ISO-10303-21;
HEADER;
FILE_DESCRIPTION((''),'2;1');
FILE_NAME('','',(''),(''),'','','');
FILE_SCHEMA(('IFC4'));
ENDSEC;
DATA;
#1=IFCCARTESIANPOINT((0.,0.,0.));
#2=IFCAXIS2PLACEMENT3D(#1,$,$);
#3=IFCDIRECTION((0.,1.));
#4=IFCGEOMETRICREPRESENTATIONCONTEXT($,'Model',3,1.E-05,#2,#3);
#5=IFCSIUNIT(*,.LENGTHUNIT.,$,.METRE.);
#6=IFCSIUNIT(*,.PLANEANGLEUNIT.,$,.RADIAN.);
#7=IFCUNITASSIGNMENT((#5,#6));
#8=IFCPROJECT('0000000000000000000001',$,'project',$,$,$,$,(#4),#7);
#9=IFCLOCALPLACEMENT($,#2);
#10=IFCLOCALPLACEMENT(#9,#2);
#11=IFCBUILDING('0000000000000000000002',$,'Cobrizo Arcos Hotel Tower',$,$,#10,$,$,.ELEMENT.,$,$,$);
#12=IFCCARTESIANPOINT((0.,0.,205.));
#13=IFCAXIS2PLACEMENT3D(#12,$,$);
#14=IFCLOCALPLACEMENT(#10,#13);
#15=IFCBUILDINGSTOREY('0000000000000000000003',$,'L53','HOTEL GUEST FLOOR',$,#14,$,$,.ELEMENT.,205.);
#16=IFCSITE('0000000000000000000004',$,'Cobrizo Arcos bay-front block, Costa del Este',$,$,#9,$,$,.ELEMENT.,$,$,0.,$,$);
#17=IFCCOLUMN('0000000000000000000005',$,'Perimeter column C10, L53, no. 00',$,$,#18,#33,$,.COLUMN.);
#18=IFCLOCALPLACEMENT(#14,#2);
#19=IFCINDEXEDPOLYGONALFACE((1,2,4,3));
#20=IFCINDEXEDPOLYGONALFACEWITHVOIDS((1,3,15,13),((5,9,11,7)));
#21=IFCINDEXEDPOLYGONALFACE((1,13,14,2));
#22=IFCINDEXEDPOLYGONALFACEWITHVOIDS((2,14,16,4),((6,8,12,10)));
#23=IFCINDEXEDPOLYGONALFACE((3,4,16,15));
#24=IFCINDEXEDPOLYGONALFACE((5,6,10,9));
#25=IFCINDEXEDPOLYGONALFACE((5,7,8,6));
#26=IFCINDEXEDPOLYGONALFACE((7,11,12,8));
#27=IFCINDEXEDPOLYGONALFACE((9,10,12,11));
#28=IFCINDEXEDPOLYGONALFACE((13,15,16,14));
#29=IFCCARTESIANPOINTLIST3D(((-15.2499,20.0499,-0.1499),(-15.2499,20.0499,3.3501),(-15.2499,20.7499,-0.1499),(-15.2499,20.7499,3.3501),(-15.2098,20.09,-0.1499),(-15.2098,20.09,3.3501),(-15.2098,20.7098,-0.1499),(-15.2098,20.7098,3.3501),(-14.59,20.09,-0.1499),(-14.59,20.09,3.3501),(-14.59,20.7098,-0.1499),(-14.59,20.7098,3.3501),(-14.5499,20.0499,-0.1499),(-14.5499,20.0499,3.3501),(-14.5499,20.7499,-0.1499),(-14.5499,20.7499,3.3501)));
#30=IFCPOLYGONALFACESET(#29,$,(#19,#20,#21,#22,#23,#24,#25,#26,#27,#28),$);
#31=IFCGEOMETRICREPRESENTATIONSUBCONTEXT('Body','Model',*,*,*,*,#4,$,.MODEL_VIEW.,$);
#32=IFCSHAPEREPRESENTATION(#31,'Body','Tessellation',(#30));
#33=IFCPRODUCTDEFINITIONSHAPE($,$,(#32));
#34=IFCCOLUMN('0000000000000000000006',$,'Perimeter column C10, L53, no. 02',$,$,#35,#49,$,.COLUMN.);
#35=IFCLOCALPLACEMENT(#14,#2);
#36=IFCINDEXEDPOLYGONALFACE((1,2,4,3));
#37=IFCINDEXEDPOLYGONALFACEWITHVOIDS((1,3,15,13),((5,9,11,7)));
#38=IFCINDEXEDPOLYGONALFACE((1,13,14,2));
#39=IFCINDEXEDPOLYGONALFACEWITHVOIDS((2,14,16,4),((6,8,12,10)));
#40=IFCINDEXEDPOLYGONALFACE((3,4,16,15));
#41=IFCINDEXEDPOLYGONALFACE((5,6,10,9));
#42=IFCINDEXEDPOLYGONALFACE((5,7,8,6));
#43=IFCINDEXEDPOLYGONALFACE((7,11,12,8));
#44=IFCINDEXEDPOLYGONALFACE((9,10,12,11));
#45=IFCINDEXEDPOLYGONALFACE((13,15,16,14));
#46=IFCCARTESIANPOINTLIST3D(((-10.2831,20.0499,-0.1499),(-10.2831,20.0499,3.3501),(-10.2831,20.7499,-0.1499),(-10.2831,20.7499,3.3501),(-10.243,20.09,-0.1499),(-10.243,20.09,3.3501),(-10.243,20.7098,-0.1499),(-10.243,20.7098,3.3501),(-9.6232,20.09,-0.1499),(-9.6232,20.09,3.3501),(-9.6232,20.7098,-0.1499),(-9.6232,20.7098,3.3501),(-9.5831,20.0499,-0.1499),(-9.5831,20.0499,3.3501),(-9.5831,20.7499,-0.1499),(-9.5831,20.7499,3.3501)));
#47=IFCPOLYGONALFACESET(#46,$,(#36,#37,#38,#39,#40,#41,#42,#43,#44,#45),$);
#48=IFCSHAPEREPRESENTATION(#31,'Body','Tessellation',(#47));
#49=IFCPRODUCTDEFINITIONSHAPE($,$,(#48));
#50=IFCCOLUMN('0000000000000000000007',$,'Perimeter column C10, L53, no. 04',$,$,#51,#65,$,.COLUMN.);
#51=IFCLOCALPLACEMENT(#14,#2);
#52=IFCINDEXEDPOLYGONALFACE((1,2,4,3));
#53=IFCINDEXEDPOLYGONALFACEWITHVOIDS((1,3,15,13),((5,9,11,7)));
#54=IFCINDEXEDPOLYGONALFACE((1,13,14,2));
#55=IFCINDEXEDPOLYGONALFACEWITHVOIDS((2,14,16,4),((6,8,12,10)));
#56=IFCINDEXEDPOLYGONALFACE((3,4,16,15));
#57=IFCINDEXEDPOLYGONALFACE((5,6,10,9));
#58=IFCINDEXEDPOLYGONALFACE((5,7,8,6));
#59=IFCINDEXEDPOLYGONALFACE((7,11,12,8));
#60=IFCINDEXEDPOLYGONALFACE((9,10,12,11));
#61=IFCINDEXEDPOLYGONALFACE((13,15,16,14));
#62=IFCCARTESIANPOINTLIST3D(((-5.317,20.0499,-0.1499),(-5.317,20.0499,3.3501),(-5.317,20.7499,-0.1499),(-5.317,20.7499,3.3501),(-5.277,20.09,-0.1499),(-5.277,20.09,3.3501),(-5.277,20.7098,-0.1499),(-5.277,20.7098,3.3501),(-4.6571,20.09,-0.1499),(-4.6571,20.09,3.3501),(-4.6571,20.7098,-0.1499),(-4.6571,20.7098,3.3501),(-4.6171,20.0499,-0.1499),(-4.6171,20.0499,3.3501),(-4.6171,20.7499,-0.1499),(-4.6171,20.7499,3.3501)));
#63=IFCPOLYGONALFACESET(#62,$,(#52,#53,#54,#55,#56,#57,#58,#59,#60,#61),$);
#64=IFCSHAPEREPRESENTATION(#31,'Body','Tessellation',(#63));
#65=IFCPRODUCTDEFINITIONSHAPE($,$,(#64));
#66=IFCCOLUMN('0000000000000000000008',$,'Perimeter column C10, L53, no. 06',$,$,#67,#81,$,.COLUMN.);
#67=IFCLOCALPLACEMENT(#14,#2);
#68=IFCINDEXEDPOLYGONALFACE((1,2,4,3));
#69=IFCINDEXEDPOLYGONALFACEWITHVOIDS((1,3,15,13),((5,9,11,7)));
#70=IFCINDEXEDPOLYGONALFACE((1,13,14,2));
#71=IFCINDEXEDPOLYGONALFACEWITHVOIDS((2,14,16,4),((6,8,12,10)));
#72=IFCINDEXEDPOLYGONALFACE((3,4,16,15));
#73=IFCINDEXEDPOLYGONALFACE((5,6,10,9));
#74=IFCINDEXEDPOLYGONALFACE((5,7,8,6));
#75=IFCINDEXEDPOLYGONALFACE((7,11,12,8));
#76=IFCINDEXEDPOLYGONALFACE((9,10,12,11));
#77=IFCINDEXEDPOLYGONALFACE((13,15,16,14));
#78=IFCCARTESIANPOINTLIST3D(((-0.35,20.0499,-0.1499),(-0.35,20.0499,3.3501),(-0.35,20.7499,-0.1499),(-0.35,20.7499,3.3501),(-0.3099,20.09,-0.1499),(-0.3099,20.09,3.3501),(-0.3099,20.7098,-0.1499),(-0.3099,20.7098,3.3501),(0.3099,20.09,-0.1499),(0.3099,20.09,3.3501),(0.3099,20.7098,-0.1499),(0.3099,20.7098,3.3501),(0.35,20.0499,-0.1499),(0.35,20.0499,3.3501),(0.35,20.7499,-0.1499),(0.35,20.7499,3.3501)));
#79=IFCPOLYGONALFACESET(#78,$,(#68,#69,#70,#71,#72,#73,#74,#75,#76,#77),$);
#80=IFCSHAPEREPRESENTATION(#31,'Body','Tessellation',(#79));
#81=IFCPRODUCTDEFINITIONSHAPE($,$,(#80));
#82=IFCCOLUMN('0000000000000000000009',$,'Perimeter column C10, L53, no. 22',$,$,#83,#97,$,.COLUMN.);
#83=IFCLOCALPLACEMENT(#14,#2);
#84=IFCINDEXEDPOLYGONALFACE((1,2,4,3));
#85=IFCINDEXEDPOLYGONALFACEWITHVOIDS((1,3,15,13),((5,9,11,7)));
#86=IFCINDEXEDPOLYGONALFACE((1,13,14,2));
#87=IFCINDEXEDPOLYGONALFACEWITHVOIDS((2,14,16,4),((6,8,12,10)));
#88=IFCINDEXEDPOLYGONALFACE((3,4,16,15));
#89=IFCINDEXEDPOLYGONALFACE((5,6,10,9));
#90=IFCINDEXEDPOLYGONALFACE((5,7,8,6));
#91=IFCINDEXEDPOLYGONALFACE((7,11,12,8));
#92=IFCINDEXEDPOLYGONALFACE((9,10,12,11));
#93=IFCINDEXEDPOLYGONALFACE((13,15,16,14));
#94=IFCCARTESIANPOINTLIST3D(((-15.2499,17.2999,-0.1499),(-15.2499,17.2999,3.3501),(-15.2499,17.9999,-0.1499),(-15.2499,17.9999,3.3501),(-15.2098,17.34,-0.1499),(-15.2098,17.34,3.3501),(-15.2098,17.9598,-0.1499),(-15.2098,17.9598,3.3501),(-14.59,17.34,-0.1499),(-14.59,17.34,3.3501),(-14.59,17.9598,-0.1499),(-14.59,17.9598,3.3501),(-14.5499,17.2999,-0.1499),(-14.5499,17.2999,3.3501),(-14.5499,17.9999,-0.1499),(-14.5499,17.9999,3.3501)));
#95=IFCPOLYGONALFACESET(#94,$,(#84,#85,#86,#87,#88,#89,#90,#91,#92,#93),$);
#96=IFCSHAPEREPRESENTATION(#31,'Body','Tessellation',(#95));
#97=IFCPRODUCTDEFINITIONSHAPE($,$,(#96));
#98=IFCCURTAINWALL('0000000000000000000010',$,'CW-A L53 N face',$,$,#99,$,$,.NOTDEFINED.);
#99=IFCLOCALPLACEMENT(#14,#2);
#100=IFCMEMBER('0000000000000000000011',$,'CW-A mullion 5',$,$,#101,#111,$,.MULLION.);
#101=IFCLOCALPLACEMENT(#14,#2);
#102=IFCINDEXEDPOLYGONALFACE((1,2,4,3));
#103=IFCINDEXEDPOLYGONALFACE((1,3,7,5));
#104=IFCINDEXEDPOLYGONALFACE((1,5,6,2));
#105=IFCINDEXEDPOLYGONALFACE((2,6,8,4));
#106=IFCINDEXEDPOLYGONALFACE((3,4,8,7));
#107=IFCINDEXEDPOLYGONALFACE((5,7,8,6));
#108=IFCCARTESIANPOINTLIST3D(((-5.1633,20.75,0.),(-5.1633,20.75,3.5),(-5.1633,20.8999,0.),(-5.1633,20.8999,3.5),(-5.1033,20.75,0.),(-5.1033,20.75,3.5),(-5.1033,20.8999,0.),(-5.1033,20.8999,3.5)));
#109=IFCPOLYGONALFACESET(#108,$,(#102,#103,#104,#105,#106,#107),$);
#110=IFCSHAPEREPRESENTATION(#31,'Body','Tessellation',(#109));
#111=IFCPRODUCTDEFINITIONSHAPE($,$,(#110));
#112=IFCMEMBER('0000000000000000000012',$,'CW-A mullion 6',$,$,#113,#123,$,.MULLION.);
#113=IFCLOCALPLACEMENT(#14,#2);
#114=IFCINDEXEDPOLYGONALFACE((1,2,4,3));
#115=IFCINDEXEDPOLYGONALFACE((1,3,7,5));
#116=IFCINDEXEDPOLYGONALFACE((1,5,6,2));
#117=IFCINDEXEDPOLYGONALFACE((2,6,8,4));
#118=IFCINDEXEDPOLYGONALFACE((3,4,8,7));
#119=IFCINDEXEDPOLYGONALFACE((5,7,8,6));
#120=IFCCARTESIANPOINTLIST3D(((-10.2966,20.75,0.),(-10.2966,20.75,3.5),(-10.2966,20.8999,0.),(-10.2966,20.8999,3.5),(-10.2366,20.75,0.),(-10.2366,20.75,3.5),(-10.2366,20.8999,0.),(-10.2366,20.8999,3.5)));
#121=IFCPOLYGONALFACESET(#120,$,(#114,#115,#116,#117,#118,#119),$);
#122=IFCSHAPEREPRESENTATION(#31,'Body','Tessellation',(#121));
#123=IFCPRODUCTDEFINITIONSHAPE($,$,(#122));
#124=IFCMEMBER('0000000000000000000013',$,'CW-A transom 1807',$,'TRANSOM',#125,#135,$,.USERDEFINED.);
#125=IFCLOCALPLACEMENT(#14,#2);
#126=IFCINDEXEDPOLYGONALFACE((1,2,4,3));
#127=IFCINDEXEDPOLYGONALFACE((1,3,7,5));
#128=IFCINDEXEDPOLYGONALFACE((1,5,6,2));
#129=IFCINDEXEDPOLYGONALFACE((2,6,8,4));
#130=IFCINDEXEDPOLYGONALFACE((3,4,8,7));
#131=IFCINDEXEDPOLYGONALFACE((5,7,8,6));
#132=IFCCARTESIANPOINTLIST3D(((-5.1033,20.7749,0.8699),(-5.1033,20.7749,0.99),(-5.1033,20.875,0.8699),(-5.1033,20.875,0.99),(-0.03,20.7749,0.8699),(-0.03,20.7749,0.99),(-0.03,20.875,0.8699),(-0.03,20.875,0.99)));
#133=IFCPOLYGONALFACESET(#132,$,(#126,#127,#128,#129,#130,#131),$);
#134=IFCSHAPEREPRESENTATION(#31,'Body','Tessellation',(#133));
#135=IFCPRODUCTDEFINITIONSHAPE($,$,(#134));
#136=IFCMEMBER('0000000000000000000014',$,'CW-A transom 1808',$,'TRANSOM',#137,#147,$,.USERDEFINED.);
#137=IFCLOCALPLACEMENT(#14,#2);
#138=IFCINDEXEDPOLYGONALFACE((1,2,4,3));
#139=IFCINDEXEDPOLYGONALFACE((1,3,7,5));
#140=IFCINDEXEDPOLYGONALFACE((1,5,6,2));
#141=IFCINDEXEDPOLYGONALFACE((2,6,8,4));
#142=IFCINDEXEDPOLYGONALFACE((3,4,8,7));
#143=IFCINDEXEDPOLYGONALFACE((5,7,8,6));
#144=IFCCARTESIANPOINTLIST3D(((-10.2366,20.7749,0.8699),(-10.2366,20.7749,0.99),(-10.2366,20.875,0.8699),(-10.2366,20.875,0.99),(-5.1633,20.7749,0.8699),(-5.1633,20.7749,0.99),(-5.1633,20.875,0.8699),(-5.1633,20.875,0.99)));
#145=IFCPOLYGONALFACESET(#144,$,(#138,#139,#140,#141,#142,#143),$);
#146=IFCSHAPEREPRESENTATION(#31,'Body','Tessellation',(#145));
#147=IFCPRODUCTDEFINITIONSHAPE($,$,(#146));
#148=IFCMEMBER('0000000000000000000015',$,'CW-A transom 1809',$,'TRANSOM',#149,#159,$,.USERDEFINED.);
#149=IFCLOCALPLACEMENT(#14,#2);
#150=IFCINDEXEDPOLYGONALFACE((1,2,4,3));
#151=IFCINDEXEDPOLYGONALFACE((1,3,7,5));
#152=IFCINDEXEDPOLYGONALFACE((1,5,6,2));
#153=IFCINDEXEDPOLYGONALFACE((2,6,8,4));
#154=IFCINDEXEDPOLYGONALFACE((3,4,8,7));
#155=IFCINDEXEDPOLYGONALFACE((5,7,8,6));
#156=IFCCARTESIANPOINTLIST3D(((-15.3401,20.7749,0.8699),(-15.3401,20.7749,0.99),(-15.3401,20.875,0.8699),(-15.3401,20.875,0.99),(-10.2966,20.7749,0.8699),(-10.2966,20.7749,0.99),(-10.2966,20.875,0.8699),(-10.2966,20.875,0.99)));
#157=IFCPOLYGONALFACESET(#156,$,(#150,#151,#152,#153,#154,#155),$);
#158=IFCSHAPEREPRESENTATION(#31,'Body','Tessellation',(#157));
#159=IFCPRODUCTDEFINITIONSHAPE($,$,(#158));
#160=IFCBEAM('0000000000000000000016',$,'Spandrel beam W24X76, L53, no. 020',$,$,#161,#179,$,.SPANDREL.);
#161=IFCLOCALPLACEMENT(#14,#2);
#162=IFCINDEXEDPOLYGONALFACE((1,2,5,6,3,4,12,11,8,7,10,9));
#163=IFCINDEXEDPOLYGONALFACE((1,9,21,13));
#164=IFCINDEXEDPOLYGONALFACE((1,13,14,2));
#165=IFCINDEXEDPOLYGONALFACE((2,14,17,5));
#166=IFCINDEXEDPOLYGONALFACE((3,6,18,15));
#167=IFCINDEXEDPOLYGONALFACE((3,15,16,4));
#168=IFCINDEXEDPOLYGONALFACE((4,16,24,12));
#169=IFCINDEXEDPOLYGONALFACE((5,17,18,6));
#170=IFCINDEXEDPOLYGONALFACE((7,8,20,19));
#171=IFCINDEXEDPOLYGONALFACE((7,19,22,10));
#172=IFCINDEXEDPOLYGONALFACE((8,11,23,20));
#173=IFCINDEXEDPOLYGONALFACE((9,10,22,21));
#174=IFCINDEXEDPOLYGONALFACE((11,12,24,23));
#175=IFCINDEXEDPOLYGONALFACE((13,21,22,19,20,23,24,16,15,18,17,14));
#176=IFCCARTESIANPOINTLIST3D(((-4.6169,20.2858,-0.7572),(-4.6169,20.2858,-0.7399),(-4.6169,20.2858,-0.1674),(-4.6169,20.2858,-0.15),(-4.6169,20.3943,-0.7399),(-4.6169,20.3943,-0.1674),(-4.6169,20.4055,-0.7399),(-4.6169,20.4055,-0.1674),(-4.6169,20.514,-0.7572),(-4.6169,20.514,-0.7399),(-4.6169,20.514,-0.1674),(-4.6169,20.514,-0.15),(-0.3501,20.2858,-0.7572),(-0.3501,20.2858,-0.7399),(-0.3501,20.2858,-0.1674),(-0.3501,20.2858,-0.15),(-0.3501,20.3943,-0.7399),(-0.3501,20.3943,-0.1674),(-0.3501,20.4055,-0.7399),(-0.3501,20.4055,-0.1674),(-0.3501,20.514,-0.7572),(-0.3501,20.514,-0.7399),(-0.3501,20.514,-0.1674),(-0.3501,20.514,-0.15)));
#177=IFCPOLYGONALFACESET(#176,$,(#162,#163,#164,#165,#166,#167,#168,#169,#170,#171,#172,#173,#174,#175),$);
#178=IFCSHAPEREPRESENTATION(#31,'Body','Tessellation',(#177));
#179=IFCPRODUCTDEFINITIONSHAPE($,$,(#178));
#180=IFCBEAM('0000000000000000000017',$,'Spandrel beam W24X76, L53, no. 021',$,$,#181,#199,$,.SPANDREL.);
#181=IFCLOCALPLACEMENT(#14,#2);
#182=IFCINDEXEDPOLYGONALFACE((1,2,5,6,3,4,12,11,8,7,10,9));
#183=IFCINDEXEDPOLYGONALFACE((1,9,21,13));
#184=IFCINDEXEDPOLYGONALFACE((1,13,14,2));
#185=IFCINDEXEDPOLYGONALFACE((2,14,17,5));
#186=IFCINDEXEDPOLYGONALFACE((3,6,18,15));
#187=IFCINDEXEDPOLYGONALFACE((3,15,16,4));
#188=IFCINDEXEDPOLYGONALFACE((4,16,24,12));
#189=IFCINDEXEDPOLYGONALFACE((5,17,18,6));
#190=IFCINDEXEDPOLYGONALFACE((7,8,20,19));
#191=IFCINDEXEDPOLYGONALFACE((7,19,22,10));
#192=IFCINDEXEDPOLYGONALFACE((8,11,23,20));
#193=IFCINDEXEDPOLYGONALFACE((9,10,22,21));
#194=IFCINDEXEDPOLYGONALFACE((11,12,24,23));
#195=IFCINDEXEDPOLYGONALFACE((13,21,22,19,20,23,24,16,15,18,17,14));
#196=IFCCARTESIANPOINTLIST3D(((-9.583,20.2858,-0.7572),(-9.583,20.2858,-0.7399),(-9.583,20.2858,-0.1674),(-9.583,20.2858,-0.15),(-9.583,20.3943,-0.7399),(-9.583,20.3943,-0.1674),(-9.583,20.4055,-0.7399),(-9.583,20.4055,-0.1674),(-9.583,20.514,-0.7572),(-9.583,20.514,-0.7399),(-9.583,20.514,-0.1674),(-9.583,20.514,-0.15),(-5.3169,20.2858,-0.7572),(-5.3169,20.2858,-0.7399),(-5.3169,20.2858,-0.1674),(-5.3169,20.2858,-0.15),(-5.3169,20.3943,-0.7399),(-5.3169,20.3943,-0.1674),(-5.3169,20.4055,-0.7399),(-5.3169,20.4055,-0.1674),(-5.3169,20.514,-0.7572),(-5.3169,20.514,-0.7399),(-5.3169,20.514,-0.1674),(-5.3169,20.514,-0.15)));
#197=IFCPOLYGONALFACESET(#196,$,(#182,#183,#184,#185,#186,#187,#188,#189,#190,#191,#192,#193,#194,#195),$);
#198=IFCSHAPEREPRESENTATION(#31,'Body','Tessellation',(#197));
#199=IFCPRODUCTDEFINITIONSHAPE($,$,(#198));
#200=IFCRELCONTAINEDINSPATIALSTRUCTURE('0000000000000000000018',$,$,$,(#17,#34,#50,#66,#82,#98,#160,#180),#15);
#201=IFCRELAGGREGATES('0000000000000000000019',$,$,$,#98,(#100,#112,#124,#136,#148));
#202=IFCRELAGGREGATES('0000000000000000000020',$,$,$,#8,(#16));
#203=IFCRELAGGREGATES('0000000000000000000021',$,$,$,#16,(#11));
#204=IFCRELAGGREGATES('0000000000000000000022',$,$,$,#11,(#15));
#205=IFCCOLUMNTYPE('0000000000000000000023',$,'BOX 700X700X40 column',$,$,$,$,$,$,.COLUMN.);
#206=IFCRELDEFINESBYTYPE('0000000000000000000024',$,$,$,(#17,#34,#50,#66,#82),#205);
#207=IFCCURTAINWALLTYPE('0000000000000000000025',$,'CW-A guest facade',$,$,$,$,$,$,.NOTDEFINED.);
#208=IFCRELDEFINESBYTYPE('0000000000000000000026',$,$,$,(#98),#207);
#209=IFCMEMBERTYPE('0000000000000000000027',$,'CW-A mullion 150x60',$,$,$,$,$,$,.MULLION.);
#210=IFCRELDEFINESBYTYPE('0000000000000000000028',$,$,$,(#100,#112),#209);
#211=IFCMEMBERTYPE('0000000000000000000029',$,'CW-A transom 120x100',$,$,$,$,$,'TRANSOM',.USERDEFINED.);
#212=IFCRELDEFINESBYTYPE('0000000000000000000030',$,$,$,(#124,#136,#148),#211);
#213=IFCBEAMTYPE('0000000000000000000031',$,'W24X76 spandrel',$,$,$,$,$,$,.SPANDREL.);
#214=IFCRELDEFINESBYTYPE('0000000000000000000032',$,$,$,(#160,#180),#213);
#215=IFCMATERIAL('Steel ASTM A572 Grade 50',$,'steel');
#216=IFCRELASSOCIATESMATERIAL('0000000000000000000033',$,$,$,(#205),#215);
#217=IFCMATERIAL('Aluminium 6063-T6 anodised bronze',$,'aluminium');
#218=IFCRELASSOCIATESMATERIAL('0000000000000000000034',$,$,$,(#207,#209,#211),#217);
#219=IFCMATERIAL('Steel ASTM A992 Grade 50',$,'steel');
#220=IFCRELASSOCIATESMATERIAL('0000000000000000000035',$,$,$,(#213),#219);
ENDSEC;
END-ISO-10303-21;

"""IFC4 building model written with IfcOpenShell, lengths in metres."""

from ifc_helpers import new_model, si_unit, direction, frame, origin, origin_2d, place, context, subcontext, project, spatial, rectangle, hollow_rectangle, i_section, extrude, material, material_profile, profile_set, type_object, element, aggregate, save


model = new_model("IFC4")

# Units and contexts
model_context = context("Model", 3, precision=1e-05, world=origin(), true_north=direction((0.0, 1.0)))
body_context = subcontext(model_context, "Body", "Model", "MODEL_VIEW")
ifc_project = project(units=[si_unit("LENGTHUNIT", "METRE"), si_unit("PLANEANGLEUNIT", "RADIAN")], contexts=[model_context])

# Site, building, storey
site_placement = place(None, origin())
site = spatial("IfcSite", under=ifc_project, at=site_placement, Name="Cobrizo Arcos bay-front block, Costa del Este", CompositionType="ELEMENT", RefElevation=0.0)
building_placement = place(site_placement, origin())
building = spatial("IfcBuilding", under=site, at=building_placement, Name="Cobrizo Arcos Hotel Tower", CompositionType="ELEMENT")
storey_placement = place(building_placement, frame((0.0, 0.0, 205.0)))
storey = spatial("IfcBuildingStorey", under=building, at=storey_placement, Name="L53", Description="HOTEL GUEST FLOOR", CompositionType="ELEMENT", Elevation=205.0)

# Columns
ifc_material_1 = material(Name="Steel ASTM A572 Grade 50", Category="steel")
ifc_material_profile_1 = material_profile(ifc_material_1, hollow_rectangle(XDim=0.7, YDim=0.7, WallThickness=0.04, at=origin_2d()), Name="BOX 700X700X40")
ifc_profile_set_1 = profile_set([ifc_material_profile_1], Name="Steel ASTM A572 Grade 50")
column_type = type_object("IfcColumnType", Name="BOX 700X700X40 column", PredefinedType="COLUMN", material=ifc_profile_set_1)
for number, where, z_axis, x_axis, name in (
    (1, (-14.8999, 20.3999, -0.1499), (0.0, 0.0, 1.0), (1.0, 0.0, 0.0), "Perimeter column C10, L53, no. 00"),
    (2, (-9.9331, 20.3999, -0.1499), (0.0, 0.0, 1.0), (1.0, 0.0, 0.0), "Perimeter column C10, L53, no. 02"),
    (3, (-4.967, 20.3999, -0.1499), (0.0, 0.0, 1.0), (1.0, 0.0, 0.0), "Perimeter column C10, L53, no. 04"),
    (4, (0.0, 20.3999, -0.1499), (0.0, 0.0, 1.0), (1.0, 0.0, 0.0), "Perimeter column C10, L53, no. 06"),
    (5, (-14.8999, 17.6499, -0.1499), (0.0, 0.0, 1.0), (1.0, 0.0, 0.0), "Perimeter column C10, L53, no. 22"),
):
    element("IfcColumn", number, at=place(storey_placement, frame(where, z_axis=z_axis, x_axis=x_axis)), inside=storey, type_object=column_type, Name=name, PredefinedType="COLUMN", context=body_context, shape_type="SweptSolid", body=[
        extrude(hollow_rectangle(XDim=0.7, YDim=0.7, WallThickness=0.04, at=origin_2d()), origin(), (0.0, 0.0, 1.0), 3.5),
    ])

# Curtain wall, members
ifc_material_2 = material(Name="Aluminium 6063-T6 anodised bronze", Category="aluminium")
curtain_wall_type = type_object("IfcCurtainWallType", Name="CW-A guest facade", PredefinedType="NOTDEFINED", material=ifc_material_2)
curtain_wall_placement = place(storey_placement, origin())
curtain_wall = element("IfcCurtainWall", 6, at=curtain_wall_placement, inside=storey, type_object=curtain_wall_type, Name="CW-A L53 N face", PredefinedType="NOTDEFINED")
ifc_material_profile_2 = material_profile(ifc_material_2, rectangle(XDim=0.1499, YDim=0.0601, at=origin_2d()), Name="CW-A mullion 150x60")
ifc_profile_set_2 = profile_set([ifc_material_profile_2], Name="Aluminium 6063-T6 anodised bronze")
member_type_1 = type_object("IfcMemberType", Name="CW-A mullion 150x60", PredefinedType="MULLION", material=ifc_profile_set_2)
member_1_placement = place(storey_placement, frame((-5.1333, 20.825, 0.0), z_axis=(0.0, 0.0, 1.0), x_axis=(0.0, 1.0, 0.0)))
member_1 = element("IfcMember", 7, at=member_1_placement, type_object=member_type_1, Name="CW-A mullion 5", PredefinedType="MULLION", context=body_context, shape_type="SweptSolid", body=[
    extrude(rectangle(XDim=0.1499, YDim=0.0601, at=origin_2d()), origin(), (0.0, 0.0, 1.0), 3.5),
])
member_2_placement = place(storey_placement, frame((-10.2666, 20.825, 0.0), z_axis=(0.0, 0.0, 1.0), x_axis=(0.0, 1.0, 0.0)))
member_2 = element("IfcMember", 8, at=member_2_placement, type_object=member_type_1, Name="CW-A mullion 6", PredefinedType="MULLION", context=body_context, shape_type="SweptSolid", body=[
    extrude(rectangle(XDim=0.1499, YDim=0.0601, at=origin_2d()), origin(), (0.0, 0.0, 1.0), 3.5),
])
ifc_material_profile_3 = material_profile(ifc_material_2, rectangle(XDim=0.1001, YDim=0.1201, at=origin_2d()), Name="CW-A transom 120x100")
ifc_profile_set_3 = profile_set([ifc_material_profile_3], Name="Aluminium 6063-T6 anodised bronze")
member_type_2 = type_object("IfcMemberType", Name="CW-A transom 120x100", ElementType="TRANSOM", PredefinedType="USERDEFINED", material=ifc_profile_set_3)
member_3_placement = place(storey_placement, frame((-0.03, 20.825, 0.9299), z_axis=(-1.0, 0.0, 0.0), x_axis=(0.0, -1.0, 0.0)))
member_3 = element("IfcMember", 9, at=member_3_placement, type_object=member_type_2, Name="CW-A transom 1807", ObjectType="TRANSOM", PredefinedType="USERDEFINED", context=body_context, shape_type="SweptSolid", body=[
    extrude(rectangle(XDim=0.1001, YDim=0.1201, at=origin_2d()), origin(), (0.0, 0.0, 1.0), 5.0732),
])
member_4_placement = place(storey_placement, frame((-5.1633, 20.825, 0.9299), z_axis=(-1.0, 0.0, 0.0), x_axis=(0.0, -1.0, 0.0)))
member_4 = element("IfcMember", 10, at=member_4_placement, type_object=member_type_2, Name="CW-A transom 1808", ObjectType="TRANSOM", PredefinedType="USERDEFINED", context=body_context, shape_type="SweptSolid", body=[
    extrude(rectangle(XDim=0.1001, YDim=0.1201, at=origin_2d()), origin(), (0.0, 0.0, 1.0), 5.0732),
])
member_5_placement = place(storey_placement, frame((-10.2966, 20.825, 0.9299), z_axis=(-1.0, 0.0, 0.0), x_axis=(0.0, -1.0, 0.0)))
member_5 = element("IfcMember", 11, at=member_5_placement, type_object=member_type_2, Name="CW-A transom 1809", ObjectType="TRANSOM", PredefinedType="USERDEFINED", context=body_context, shape_type="SweptSolid", body=[
    extrude(rectangle(XDim=0.1001, YDim=0.1201, at=origin_2d()), origin(), (0.0, 0.0, 1.0), 5.0435),
])

# Beams
ifc_material_3 = material(Name="Steel ASTM A992 Grade 50", Category="steel")
ifc_material_profile_4 = material_profile(ifc_material_3, i_section(OverallWidth=0.2283, OverallDepth=0.6072, WebThickness=0.0112, FlangeThickness=0.0173, at=origin_2d()), Name="W24X76")
ifc_profile_set_4 = profile_set([ifc_material_profile_4], Name="Steel ASTM A992 Grade 50")
beam_type = type_object("IfcBeamType", Name="W24X76 spandrel", PredefinedType="SPANDREL", material=ifc_profile_set_4)
beam_1_placement = place(storey_placement, frame((-0.3501, 20.3999, -0.4536), z_axis=(-1.0, 0.0, 0.0), x_axis=(0.0, -1.0, 0.0)))
element("IfcBeam", 12, at=beam_1_placement, inside=storey, type_object=beam_type, Name="Spandrel beam W24X76, L53, no. 020", PredefinedType="SPANDREL", context=body_context, shape_type="SweptSolid", body=[
    extrude(i_section(OverallWidth=0.2283, OverallDepth=0.6072, WebThickness=0.0112, FlangeThickness=0.0173, at=origin_2d()), origin(), (0.0, 0.0, 1.0), 4.2668),
])
beam_2_placement = place(storey_placement, frame((-5.3169, 20.3999, -0.4536), z_axis=(-1.0, 0.0, 0.0), x_axis=(0.0, -1.0, 0.0)))
element("IfcBeam", 13, at=beam_2_placement, inside=storey, type_object=beam_type, Name="Spandrel beam W24X76, L53, no. 021", PredefinedType="SPANDREL", context=body_context, shape_type="SweptSolid", body=[
    extrude(i_section(OverallWidth=0.2283, OverallDepth=0.6072, WebThickness=0.0112, FlangeThickness=0.0173, at=origin_2d()), origin(), (0.0, 0.0, 1.0), 4.2661),
])

aggregate(curtain_wall, [member_1, member_2, member_3, member_4, member_5])

save(model, "model.ifc")
